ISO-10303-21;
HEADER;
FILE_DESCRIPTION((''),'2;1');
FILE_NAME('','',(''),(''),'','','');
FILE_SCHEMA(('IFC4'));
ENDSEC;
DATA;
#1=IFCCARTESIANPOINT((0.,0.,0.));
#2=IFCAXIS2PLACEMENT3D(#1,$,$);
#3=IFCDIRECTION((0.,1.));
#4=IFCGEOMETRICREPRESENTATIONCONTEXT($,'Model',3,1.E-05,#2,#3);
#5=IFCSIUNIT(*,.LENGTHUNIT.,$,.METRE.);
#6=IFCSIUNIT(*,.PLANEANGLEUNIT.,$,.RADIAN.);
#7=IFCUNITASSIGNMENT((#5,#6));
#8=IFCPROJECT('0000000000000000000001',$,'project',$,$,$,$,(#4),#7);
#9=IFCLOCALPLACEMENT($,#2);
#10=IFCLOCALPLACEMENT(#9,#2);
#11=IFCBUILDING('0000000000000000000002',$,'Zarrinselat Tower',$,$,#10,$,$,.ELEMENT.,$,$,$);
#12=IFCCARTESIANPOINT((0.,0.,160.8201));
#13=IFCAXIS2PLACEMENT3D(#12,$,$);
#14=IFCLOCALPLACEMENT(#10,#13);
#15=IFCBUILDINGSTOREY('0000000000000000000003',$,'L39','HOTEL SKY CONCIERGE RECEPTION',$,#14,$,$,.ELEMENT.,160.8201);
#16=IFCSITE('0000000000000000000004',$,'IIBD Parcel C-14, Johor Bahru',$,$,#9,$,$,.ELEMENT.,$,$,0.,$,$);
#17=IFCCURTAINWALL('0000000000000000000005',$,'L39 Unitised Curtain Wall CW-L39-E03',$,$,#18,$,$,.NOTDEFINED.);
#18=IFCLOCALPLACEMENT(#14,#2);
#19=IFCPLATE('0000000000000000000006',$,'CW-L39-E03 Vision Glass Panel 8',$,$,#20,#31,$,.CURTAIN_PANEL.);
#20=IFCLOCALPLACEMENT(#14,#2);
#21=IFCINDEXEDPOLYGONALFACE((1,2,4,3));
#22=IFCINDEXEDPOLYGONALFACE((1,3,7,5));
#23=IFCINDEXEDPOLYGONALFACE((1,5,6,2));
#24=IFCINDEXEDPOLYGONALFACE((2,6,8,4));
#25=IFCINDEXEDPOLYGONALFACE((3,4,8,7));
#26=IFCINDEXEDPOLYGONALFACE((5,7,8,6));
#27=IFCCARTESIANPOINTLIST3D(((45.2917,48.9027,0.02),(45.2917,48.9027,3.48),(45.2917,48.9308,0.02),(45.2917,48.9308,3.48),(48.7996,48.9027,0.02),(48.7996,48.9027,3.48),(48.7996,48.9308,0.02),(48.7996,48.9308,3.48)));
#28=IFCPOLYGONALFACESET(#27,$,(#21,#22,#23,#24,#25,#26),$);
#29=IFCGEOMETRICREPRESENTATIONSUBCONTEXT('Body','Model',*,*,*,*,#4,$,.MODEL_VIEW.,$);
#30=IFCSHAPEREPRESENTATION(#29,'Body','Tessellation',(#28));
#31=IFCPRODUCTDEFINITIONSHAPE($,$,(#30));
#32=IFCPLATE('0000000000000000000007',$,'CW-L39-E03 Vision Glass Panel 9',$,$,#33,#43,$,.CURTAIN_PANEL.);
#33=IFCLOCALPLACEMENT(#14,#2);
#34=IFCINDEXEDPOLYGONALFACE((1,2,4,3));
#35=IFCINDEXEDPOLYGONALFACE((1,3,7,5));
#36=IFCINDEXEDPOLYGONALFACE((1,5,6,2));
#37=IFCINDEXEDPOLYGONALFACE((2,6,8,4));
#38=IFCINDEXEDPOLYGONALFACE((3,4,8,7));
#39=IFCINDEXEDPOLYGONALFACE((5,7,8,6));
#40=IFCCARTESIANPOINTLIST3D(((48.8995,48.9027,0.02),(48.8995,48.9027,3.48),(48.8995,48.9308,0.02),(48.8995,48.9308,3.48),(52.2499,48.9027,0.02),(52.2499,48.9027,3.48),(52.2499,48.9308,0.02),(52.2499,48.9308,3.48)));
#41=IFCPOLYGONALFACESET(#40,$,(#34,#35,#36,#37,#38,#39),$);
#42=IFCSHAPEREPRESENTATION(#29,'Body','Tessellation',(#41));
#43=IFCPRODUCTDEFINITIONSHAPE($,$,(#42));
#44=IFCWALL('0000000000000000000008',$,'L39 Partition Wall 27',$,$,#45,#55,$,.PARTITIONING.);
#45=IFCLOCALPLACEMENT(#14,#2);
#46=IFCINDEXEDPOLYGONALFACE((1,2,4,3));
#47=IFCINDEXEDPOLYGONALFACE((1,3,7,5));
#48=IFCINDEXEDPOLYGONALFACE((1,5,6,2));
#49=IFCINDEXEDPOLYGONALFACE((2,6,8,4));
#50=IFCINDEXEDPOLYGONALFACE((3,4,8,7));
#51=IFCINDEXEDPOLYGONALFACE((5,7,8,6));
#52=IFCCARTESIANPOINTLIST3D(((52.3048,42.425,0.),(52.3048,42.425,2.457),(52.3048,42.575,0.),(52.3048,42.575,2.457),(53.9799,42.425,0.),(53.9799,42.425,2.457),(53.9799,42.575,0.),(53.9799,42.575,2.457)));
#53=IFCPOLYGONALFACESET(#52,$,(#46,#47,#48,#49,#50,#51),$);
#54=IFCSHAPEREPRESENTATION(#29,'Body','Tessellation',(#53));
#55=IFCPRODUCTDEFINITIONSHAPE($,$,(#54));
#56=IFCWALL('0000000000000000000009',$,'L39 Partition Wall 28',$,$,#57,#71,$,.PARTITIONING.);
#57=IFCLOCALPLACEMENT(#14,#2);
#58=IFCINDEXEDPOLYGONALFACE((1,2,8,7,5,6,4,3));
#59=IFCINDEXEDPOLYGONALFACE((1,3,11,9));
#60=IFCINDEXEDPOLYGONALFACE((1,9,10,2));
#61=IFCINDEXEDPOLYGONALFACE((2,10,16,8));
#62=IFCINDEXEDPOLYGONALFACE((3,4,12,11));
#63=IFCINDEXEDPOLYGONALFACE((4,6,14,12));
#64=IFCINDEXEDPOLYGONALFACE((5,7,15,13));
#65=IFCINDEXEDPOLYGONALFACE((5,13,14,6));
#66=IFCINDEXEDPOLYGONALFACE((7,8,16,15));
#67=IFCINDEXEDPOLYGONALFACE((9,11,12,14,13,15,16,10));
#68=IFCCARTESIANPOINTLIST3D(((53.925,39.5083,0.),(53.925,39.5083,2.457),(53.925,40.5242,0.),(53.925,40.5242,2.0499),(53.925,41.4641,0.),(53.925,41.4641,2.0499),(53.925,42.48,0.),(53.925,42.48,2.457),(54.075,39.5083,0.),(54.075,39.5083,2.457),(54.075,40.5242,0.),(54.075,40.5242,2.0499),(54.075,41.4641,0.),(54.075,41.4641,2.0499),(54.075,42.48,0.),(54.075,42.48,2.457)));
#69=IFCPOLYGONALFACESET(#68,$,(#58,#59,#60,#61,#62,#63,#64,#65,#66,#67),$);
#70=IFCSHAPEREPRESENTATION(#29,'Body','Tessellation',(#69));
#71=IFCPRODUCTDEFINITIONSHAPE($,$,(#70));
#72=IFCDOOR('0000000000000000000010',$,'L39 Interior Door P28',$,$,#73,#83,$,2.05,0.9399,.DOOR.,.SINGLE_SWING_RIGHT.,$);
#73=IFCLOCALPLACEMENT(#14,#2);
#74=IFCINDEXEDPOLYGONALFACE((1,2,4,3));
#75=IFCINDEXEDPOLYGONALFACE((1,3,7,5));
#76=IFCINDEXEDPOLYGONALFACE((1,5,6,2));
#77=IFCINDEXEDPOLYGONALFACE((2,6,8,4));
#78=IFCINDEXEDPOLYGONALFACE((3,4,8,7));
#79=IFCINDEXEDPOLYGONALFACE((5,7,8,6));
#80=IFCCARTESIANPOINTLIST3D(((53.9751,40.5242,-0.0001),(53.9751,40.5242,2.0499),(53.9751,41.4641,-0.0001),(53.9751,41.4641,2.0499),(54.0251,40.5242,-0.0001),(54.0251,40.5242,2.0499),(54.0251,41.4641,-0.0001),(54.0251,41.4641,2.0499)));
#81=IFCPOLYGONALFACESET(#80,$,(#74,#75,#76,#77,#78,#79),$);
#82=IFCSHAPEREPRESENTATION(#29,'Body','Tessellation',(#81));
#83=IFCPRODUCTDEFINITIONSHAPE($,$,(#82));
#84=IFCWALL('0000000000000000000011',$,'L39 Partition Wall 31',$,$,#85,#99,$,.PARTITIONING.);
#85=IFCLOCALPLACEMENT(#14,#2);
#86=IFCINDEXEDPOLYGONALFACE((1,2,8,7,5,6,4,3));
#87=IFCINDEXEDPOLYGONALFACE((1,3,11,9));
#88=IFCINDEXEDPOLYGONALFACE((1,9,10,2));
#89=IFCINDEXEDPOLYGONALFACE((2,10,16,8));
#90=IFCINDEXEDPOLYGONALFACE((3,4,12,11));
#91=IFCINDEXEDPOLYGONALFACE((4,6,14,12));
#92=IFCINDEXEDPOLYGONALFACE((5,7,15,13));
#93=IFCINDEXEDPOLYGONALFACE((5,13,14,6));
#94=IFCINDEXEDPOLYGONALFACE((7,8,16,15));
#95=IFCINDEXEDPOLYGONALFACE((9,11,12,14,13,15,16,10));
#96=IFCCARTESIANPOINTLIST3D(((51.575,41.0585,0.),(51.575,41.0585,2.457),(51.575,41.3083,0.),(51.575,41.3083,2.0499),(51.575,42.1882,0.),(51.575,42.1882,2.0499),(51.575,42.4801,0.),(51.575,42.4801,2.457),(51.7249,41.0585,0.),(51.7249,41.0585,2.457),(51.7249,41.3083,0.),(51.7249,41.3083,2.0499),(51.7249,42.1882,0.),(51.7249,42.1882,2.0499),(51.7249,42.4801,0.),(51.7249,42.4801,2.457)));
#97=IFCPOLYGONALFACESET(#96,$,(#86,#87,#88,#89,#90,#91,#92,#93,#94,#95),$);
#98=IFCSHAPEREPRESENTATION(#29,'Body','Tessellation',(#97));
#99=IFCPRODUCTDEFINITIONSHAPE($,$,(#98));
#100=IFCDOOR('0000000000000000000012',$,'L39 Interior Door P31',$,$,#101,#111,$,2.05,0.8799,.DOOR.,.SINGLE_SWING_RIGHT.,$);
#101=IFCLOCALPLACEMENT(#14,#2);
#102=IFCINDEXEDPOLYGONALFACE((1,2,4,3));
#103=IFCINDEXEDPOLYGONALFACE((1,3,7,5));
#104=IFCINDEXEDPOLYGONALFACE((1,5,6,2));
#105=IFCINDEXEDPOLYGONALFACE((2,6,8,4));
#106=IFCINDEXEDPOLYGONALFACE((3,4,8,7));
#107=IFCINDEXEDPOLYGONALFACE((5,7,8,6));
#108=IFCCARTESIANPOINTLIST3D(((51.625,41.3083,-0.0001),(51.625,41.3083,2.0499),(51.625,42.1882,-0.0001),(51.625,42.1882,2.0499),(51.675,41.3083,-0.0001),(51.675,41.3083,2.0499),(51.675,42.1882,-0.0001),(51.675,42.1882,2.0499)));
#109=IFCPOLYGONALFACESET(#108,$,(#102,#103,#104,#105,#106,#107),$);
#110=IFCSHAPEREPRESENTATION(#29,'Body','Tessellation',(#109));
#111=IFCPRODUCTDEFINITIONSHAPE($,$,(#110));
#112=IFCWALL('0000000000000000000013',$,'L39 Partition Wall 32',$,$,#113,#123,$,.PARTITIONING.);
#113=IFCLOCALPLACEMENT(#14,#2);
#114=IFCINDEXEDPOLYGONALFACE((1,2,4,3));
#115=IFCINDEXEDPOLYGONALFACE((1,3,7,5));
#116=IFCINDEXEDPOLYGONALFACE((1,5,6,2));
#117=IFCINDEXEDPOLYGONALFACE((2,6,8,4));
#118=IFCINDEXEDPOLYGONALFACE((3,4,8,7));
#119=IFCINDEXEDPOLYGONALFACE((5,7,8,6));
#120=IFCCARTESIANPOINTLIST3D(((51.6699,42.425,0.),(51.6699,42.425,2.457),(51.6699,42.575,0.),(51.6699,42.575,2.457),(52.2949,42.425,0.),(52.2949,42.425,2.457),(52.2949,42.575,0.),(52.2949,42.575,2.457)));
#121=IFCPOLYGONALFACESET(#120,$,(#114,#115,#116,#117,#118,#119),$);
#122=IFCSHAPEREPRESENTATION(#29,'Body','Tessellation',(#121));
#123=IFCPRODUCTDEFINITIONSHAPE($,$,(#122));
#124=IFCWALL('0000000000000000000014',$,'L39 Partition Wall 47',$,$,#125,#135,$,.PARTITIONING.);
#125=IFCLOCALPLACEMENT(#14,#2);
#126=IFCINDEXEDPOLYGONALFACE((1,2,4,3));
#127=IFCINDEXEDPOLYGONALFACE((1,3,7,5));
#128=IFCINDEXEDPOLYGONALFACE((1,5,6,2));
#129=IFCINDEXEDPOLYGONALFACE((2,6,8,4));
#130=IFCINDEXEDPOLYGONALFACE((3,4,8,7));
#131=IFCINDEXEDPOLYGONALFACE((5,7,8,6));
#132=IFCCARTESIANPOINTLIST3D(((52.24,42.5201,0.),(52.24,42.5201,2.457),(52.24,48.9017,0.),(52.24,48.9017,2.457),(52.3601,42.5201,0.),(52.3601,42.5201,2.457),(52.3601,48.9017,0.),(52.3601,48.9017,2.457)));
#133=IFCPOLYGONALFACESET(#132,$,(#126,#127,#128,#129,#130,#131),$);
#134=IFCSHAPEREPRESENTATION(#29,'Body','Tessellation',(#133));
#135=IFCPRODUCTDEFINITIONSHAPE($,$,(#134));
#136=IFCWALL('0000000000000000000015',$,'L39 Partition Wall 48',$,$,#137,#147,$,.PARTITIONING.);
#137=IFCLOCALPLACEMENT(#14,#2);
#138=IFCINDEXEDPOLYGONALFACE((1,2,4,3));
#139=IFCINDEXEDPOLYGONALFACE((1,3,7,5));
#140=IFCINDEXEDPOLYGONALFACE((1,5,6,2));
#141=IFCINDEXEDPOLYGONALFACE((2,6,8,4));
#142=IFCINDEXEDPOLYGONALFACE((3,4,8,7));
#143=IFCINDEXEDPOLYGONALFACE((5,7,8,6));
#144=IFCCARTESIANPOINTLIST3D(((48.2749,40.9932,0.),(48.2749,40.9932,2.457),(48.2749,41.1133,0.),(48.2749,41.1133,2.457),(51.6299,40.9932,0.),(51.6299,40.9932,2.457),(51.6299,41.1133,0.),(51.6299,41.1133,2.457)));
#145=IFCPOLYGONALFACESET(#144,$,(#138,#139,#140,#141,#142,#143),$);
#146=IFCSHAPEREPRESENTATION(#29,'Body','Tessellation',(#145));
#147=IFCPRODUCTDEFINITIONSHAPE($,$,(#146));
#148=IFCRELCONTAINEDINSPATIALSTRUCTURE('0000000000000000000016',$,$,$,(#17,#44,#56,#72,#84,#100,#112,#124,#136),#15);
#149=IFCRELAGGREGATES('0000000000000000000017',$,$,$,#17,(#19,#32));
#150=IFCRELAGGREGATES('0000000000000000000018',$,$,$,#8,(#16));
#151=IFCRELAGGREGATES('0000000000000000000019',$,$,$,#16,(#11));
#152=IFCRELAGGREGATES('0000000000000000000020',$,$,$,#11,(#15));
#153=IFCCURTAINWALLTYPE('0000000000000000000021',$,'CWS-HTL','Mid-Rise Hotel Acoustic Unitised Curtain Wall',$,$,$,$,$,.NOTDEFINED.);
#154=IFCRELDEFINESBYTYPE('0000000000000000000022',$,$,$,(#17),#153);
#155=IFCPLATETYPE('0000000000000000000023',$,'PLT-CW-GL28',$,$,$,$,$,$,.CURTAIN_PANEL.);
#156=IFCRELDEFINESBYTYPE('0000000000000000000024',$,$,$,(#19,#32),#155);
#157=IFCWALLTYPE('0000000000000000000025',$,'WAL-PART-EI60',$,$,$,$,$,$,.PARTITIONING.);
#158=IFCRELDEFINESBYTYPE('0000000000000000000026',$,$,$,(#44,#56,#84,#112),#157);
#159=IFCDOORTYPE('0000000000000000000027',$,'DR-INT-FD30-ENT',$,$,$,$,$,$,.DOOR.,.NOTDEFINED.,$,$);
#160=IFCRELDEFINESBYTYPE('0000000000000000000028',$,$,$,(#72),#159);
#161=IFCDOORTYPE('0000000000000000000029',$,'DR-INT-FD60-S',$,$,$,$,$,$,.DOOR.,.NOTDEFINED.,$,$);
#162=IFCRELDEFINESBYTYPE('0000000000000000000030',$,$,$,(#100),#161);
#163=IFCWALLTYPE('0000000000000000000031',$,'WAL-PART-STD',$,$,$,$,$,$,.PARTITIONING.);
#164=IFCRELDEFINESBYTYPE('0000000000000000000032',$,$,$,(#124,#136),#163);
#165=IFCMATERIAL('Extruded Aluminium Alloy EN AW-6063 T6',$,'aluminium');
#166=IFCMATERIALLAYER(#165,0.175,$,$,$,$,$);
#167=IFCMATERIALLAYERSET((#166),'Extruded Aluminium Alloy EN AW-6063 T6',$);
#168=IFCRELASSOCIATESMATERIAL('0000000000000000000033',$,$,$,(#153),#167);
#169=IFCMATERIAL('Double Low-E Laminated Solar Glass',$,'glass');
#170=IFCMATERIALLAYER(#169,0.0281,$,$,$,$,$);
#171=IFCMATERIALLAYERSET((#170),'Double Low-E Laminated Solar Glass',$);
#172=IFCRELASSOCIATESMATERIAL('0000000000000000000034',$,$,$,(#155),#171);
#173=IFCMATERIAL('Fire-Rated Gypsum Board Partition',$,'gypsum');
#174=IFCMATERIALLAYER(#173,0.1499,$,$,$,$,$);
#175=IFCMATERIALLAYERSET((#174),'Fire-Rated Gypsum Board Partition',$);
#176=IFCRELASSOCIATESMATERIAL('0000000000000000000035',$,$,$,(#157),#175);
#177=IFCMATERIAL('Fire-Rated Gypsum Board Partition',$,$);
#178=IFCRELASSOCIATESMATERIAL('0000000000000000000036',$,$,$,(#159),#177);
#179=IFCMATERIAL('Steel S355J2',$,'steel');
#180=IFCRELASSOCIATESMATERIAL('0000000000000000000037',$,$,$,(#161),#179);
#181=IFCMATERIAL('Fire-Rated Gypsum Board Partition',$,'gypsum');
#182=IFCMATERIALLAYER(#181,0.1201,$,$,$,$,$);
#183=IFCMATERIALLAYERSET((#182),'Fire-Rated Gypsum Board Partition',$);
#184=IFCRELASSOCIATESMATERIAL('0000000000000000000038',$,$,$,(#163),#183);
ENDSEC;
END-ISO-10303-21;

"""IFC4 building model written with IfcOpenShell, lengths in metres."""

from ifc_helpers import new_model, si_unit, direction, frame, frame_2d, origin, origin_2d, place, context, subcontext, project, spatial, rectangle, extrude, material, layer, layer_set, type_object, element, fill, aggregate, save


model = new_model("IFC4")

# Units and contexts
model_context = context("Model", 3, precision=1e-05, world=origin(), true_north=direction((0.0, 1.0)))
body_context = subcontext(model_context, "Body", "Model", "MODEL_VIEW")
ifc_project = project(units=[si_unit("LENGTHUNIT", "METRE"), si_unit("PLANEANGLEUNIT", "RADIAN")], contexts=[model_context])

# Site, building, storey
site_placement = place(None, origin())
site = spatial("IfcSite", under=ifc_project, at=site_placement, Name="IIBD Parcel C-14, Johor Bahru", CompositionType="ELEMENT", RefElevation=0.0)
building_placement = place(site_placement, origin())
building = spatial("IfcBuilding", under=site, at=building_placement, Name="Zarrinselat Tower", CompositionType="ELEMENT")
storey_placement = place(building_placement, frame((0.0, 0.0, 160.8201)))
storey = spatial("IfcBuildingStorey", under=building, at=storey_placement, Name="L39", Description="HOTEL SKY CONCIERGE RECEPTION", CompositionType="ELEMENT", Elevation=160.8201)

# Curtain wall, plates
ifc_material_1 = material(Name="Extruded Aluminium Alloy EN AW-6063 T6", Category="aluminium")
ifc_layer_1 = layer(ifc_material_1, 0.175)
ifc_layer_set_1 = layer_set([ifc_layer_1], Name="Extruded Aluminium Alloy EN AW-6063 T6")
curtain_wall_type = type_object("IfcCurtainWallType", Name="CWS-HTL", Description="Mid-Rise Hotel Acoustic Unitised Curtain Wall", PredefinedType="NOTDEFINED", material=ifc_layer_set_1)
curtain_wall_placement = place(storey_placement, origin())
curtain_wall = element("IfcCurtainWall", 1, at=curtain_wall_placement, inside=storey, type_object=curtain_wall_type, Name="L39 Unitised Curtain Wall CW-L39-E03", PredefinedType="NOTDEFINED")
ifc_material_2 = material(Name="Double Low-E Laminated Solar Glass", Category="glass")
ifc_layer_2 = layer(ifc_material_2, 0.0281)
ifc_layer_set_2 = layer_set([ifc_layer_2], Name="Double Low-E Laminated Solar Glass")
plate_type = type_object("IfcPlateType", Name="PLT-CW-GL28", PredefinedType="CURTAIN_PANEL", material=ifc_layer_set_2)
plate_1_placement = place(storey_placement, frame((47.0457, 48.9167, 0.02), z_axis=(0.0, 0.0, 1.0), x_axis=(1.0, 0.0, 0.0)))
plate_1 = element("IfcPlate", 2, at=plate_1_placement, type_object=plate_type, Name="CW-L39-E03 Vision Glass Panel 8", PredefinedType="CURTAIN_PANEL", context=body_context, shape_type="SweptSolid", body=[
    extrude(rectangle(XDim=3.5078, YDim=0.0281, at=origin_2d()), origin(), (0.0, 0.0, 1.0), 3.46),
])
plate_2_placement = place(storey_placement, frame((50.5747, 48.9167, 0.02), z_axis=(0.0, 0.0, 1.0), x_axis=(1.0, 0.0, 0.0)))
plate_2 = element("IfcPlate", 3, at=plate_2_placement, type_object=plate_type, Name="CW-L39-E03 Vision Glass Panel 9", PredefinedType="CURTAIN_PANEL", context=body_context, shape_type="SweptSolid", body=[
    extrude(rectangle(XDim=3.3503, YDim=0.0281, at=origin_2d()), origin(), (0.0, 0.0, 1.0), 3.46),
])
aggregate(curtain_wall, [plate_1, plate_2])

# Wall
ifc_material_3 = material(Name="Fire-Rated Gypsum Board Partition", Category="gypsum")
ifc_layer_3 = layer(ifc_material_3, 0.1499)
ifc_layer_set_3 = layer_set([ifc_layer_3], Name="Fire-Rated Gypsum Board Partition")
wall_type_1 = type_object("IfcWallType", Name="WAL-PART-EI60", PredefinedType="PARTITIONING", material=ifc_layer_set_3)
wall_1_placement = place(storey_placement, frame((52.3049, 42.5, 0.0), z_axis=(0.0, 0.0, 1.0), x_axis=(1.0, 0.0, 0.0)))
element("IfcWall", 4, at=wall_1_placement, inside=storey, type_object=wall_type_1, Name="L39 Partition Wall 27", PredefinedType="PARTITIONING", context=body_context, shape_type="SweptSolid", body=[
    extrude(rectangle(XDim=1.675, YDim=0.1499, at=frame_2d((0.8374, 0.0))), origin(), (0.0, 0.0, 1.0), 2.457),
])

# Walls, openings, doors
wall_2_placement = place(storey_placement, frame((54.0, 39.5083, 0.0), z_axis=(0.0, 0.0, 1.0), x_axis=(0.0, 1.0, 0.0)))
wall_2 = element("IfcWall", 5, at=wall_2_placement, inside=storey, type_object=wall_type_1, Name="L39 Partition Wall 28", PredefinedType="PARTITIONING", context=body_context, shape_type="SweptSolid", body=[
    extrude(rectangle(XDim=2.9717, YDim=0.1499, at=frame_2d((1.4858, 0.0))), origin(), (0.0, 0.0, 1.0), 2.457),
])
opening_1_placement = place(wall_2_placement, frame((1.0159, 0.0, 0.0)))
opening_1 = element("IfcOpeningElement", 6, at=opening_1_placement, cuts=wall_2, PredefinedType="OPENING", context=body_context, shape_type="SweptSolid", body=[
    extrude(rectangle(XDim=0.9399, YDim=2.05, at=frame_2d((0.47, 1.0249))), frame((0.0, 0.085, 0.0), z_axis=(0.0, -1.0, 0.0), x_axis=(1.0, 0.0, 0.0)), (0.0, 0.0, 1.0), 0.1699),
])
ifc_material_4 = material(Name="Fire-Rated Gypsum Board Partition")
door_type_1 = type_object("IfcDoorType", Name="DR-INT-FD30-ENT", OperationType="NOTDEFINED", PredefinedType="DOOR", material=ifc_material_4)
door_1_placement = place(opening_1_placement, origin())
door_1 = element("IfcDoor", 7, at=door_1_placement, inside=storey, type_object=door_type_1, Name="L39 Interior Door P28", OperationType="SINGLE_SWING_RIGHT", OverallHeight=2.05, OverallWidth=0.9399, PredefinedType="DOOR", context=body_context, shape_type="SweptSolid", body=[
    extrude(rectangle(XDim=0.9399, YDim=2.05, at=frame_2d((0.47, 1.0249))), frame((0.0, 0.0249, 0.0), z_axis=(0.0, -1.0, 0.0), x_axis=(1.0, 0.0, 0.0)), (0.0, 0.0, 1.0), 0.05),
])
fill(opening_1, door_1)
wall_3_placement = place(storey_placement, frame((51.6499, 41.0583, 0.0), z_axis=(0.0, 0.0, 1.0), x_axis=(0.0, 1.0, 0.0)))
wall_3 = element("IfcWall", 8, at=wall_3_placement, inside=storey, type_object=wall_type_1, Name="L39 Partition Wall 31", PredefinedType="PARTITIONING", context=body_context, shape_type="SweptSolid", body=[
    extrude(rectangle(XDim=1.4216, YDim=0.1499, at=frame_2d((0.7109, 0.0))), origin(), (0.0, 0.0, 1.0), 2.457),
])
opening_2_placement = place(wall_3_placement, frame((0.25, 0.0, 0.0)))
opening_2 = element("IfcOpeningElement", 9, at=opening_2_placement, cuts=wall_3, PredefinedType="OPENING", context=body_context, shape_type="SweptSolid", body=[
    extrude(rectangle(XDim=0.8799, YDim=2.05, at=frame_2d((0.4399, 1.0249))), frame((0.0, 0.085, 0.0), z_axis=(0.0, -1.0, 0.0), x_axis=(1.0, 0.0, 0.0)), (0.0, 0.0, 1.0), 0.1699),
])
ifc_material_5 = material(Name="Steel S355J2", Category="steel")
door_type_2 = type_object("IfcDoorType", Name="DR-INT-FD60-S", OperationType="NOTDEFINED", PredefinedType="DOOR", material=ifc_material_5)
door_2_placement = place(opening_2_placement, origin())
door_2 = element("IfcDoor", 10, at=door_2_placement, inside=storey, type_object=door_type_2, Name="L39 Interior Door P31", OperationType="SINGLE_SWING_RIGHT", OverallHeight=2.05, OverallWidth=0.8799, PredefinedType="DOOR", context=body_context, shape_type="SweptSolid", body=[
    extrude(rectangle(XDim=0.8799, YDim=2.05, at=frame_2d((0.4399, 1.0249))), frame((0.0, 0.0249, 0.0), z_axis=(0.0, -1.0, 0.0), x_axis=(1.0, 0.0, 0.0)), (0.0, 0.0, 1.0), 0.05),
])
fill(opening_2, door_2)

# Walls
wall_4_placement = place(storey_placement, frame((51.6699, 42.5, 0.0), z_axis=(0.0, 0.0, 1.0), x_axis=(1.0, 0.0, 0.0)))
element("IfcWall", 11, at=wall_4_placement, inside=storey, type_object=wall_type_1, Name="L39 Partition Wall 32", PredefinedType="PARTITIONING", context=body_context, shape_type="SweptSolid", body=[
    extrude(rectangle(XDim=0.625, YDim=0.1499, at=frame_2d((0.3125, 0.0))), origin(), (0.0, 0.0, 1.0), 2.457),
])
ifc_material_6 = material(Name="Fire-Rated Gypsum Board Partition", Category="gypsum")
ifc_layer_4 = layer(ifc_material_6, 0.1201)
ifc_layer_set_4 = layer_set([ifc_layer_4], Name="Fire-Rated Gypsum Board Partition")
wall_type_2 = type_object("IfcWallType", Name="WAL-PART-STD", PredefinedType="PARTITIONING", material=ifc_layer_set_4)
wall_5_placement = place(storey_placement, frame((52.3, 42.52, 0.0), z_axis=(0.0, 0.0, 1.0), x_axis=(0.0, 1.0, 0.0)))
element("IfcWall", 12, at=wall_5_placement, inside=storey, type_object=wall_type_2, Name="L39 Partition Wall 47", PredefinedType="PARTITIONING", context=body_context, shape_type="SweptSolid", body=[
    extrude(rectangle(XDim=6.3816, YDim=0.1201, at=frame_2d((3.1909, 0.0))), origin(), (0.0, 0.0, 1.0), 2.457),
])
wall_6_placement = place(storey_placement, frame((48.2749, 41.0532, 0.0), z_axis=(0.0, 0.0, 1.0), x_axis=(1.0, 0.0, 0.0)))
element("IfcWall", 13, at=wall_6_placement, inside=storey, type_object=wall_type_2, Name="L39 Partition Wall 48", PredefinedType="PARTITIONING", context=body_context, shape_type="SweptSolid", body=[
    extrude(rectangle(XDim=3.355, YDim=0.1201, at=frame_2d((1.6775, 0.0))), origin(), (0.0, 0.0, 1.0), 2.457),
])

save(model, "model.ifc")
